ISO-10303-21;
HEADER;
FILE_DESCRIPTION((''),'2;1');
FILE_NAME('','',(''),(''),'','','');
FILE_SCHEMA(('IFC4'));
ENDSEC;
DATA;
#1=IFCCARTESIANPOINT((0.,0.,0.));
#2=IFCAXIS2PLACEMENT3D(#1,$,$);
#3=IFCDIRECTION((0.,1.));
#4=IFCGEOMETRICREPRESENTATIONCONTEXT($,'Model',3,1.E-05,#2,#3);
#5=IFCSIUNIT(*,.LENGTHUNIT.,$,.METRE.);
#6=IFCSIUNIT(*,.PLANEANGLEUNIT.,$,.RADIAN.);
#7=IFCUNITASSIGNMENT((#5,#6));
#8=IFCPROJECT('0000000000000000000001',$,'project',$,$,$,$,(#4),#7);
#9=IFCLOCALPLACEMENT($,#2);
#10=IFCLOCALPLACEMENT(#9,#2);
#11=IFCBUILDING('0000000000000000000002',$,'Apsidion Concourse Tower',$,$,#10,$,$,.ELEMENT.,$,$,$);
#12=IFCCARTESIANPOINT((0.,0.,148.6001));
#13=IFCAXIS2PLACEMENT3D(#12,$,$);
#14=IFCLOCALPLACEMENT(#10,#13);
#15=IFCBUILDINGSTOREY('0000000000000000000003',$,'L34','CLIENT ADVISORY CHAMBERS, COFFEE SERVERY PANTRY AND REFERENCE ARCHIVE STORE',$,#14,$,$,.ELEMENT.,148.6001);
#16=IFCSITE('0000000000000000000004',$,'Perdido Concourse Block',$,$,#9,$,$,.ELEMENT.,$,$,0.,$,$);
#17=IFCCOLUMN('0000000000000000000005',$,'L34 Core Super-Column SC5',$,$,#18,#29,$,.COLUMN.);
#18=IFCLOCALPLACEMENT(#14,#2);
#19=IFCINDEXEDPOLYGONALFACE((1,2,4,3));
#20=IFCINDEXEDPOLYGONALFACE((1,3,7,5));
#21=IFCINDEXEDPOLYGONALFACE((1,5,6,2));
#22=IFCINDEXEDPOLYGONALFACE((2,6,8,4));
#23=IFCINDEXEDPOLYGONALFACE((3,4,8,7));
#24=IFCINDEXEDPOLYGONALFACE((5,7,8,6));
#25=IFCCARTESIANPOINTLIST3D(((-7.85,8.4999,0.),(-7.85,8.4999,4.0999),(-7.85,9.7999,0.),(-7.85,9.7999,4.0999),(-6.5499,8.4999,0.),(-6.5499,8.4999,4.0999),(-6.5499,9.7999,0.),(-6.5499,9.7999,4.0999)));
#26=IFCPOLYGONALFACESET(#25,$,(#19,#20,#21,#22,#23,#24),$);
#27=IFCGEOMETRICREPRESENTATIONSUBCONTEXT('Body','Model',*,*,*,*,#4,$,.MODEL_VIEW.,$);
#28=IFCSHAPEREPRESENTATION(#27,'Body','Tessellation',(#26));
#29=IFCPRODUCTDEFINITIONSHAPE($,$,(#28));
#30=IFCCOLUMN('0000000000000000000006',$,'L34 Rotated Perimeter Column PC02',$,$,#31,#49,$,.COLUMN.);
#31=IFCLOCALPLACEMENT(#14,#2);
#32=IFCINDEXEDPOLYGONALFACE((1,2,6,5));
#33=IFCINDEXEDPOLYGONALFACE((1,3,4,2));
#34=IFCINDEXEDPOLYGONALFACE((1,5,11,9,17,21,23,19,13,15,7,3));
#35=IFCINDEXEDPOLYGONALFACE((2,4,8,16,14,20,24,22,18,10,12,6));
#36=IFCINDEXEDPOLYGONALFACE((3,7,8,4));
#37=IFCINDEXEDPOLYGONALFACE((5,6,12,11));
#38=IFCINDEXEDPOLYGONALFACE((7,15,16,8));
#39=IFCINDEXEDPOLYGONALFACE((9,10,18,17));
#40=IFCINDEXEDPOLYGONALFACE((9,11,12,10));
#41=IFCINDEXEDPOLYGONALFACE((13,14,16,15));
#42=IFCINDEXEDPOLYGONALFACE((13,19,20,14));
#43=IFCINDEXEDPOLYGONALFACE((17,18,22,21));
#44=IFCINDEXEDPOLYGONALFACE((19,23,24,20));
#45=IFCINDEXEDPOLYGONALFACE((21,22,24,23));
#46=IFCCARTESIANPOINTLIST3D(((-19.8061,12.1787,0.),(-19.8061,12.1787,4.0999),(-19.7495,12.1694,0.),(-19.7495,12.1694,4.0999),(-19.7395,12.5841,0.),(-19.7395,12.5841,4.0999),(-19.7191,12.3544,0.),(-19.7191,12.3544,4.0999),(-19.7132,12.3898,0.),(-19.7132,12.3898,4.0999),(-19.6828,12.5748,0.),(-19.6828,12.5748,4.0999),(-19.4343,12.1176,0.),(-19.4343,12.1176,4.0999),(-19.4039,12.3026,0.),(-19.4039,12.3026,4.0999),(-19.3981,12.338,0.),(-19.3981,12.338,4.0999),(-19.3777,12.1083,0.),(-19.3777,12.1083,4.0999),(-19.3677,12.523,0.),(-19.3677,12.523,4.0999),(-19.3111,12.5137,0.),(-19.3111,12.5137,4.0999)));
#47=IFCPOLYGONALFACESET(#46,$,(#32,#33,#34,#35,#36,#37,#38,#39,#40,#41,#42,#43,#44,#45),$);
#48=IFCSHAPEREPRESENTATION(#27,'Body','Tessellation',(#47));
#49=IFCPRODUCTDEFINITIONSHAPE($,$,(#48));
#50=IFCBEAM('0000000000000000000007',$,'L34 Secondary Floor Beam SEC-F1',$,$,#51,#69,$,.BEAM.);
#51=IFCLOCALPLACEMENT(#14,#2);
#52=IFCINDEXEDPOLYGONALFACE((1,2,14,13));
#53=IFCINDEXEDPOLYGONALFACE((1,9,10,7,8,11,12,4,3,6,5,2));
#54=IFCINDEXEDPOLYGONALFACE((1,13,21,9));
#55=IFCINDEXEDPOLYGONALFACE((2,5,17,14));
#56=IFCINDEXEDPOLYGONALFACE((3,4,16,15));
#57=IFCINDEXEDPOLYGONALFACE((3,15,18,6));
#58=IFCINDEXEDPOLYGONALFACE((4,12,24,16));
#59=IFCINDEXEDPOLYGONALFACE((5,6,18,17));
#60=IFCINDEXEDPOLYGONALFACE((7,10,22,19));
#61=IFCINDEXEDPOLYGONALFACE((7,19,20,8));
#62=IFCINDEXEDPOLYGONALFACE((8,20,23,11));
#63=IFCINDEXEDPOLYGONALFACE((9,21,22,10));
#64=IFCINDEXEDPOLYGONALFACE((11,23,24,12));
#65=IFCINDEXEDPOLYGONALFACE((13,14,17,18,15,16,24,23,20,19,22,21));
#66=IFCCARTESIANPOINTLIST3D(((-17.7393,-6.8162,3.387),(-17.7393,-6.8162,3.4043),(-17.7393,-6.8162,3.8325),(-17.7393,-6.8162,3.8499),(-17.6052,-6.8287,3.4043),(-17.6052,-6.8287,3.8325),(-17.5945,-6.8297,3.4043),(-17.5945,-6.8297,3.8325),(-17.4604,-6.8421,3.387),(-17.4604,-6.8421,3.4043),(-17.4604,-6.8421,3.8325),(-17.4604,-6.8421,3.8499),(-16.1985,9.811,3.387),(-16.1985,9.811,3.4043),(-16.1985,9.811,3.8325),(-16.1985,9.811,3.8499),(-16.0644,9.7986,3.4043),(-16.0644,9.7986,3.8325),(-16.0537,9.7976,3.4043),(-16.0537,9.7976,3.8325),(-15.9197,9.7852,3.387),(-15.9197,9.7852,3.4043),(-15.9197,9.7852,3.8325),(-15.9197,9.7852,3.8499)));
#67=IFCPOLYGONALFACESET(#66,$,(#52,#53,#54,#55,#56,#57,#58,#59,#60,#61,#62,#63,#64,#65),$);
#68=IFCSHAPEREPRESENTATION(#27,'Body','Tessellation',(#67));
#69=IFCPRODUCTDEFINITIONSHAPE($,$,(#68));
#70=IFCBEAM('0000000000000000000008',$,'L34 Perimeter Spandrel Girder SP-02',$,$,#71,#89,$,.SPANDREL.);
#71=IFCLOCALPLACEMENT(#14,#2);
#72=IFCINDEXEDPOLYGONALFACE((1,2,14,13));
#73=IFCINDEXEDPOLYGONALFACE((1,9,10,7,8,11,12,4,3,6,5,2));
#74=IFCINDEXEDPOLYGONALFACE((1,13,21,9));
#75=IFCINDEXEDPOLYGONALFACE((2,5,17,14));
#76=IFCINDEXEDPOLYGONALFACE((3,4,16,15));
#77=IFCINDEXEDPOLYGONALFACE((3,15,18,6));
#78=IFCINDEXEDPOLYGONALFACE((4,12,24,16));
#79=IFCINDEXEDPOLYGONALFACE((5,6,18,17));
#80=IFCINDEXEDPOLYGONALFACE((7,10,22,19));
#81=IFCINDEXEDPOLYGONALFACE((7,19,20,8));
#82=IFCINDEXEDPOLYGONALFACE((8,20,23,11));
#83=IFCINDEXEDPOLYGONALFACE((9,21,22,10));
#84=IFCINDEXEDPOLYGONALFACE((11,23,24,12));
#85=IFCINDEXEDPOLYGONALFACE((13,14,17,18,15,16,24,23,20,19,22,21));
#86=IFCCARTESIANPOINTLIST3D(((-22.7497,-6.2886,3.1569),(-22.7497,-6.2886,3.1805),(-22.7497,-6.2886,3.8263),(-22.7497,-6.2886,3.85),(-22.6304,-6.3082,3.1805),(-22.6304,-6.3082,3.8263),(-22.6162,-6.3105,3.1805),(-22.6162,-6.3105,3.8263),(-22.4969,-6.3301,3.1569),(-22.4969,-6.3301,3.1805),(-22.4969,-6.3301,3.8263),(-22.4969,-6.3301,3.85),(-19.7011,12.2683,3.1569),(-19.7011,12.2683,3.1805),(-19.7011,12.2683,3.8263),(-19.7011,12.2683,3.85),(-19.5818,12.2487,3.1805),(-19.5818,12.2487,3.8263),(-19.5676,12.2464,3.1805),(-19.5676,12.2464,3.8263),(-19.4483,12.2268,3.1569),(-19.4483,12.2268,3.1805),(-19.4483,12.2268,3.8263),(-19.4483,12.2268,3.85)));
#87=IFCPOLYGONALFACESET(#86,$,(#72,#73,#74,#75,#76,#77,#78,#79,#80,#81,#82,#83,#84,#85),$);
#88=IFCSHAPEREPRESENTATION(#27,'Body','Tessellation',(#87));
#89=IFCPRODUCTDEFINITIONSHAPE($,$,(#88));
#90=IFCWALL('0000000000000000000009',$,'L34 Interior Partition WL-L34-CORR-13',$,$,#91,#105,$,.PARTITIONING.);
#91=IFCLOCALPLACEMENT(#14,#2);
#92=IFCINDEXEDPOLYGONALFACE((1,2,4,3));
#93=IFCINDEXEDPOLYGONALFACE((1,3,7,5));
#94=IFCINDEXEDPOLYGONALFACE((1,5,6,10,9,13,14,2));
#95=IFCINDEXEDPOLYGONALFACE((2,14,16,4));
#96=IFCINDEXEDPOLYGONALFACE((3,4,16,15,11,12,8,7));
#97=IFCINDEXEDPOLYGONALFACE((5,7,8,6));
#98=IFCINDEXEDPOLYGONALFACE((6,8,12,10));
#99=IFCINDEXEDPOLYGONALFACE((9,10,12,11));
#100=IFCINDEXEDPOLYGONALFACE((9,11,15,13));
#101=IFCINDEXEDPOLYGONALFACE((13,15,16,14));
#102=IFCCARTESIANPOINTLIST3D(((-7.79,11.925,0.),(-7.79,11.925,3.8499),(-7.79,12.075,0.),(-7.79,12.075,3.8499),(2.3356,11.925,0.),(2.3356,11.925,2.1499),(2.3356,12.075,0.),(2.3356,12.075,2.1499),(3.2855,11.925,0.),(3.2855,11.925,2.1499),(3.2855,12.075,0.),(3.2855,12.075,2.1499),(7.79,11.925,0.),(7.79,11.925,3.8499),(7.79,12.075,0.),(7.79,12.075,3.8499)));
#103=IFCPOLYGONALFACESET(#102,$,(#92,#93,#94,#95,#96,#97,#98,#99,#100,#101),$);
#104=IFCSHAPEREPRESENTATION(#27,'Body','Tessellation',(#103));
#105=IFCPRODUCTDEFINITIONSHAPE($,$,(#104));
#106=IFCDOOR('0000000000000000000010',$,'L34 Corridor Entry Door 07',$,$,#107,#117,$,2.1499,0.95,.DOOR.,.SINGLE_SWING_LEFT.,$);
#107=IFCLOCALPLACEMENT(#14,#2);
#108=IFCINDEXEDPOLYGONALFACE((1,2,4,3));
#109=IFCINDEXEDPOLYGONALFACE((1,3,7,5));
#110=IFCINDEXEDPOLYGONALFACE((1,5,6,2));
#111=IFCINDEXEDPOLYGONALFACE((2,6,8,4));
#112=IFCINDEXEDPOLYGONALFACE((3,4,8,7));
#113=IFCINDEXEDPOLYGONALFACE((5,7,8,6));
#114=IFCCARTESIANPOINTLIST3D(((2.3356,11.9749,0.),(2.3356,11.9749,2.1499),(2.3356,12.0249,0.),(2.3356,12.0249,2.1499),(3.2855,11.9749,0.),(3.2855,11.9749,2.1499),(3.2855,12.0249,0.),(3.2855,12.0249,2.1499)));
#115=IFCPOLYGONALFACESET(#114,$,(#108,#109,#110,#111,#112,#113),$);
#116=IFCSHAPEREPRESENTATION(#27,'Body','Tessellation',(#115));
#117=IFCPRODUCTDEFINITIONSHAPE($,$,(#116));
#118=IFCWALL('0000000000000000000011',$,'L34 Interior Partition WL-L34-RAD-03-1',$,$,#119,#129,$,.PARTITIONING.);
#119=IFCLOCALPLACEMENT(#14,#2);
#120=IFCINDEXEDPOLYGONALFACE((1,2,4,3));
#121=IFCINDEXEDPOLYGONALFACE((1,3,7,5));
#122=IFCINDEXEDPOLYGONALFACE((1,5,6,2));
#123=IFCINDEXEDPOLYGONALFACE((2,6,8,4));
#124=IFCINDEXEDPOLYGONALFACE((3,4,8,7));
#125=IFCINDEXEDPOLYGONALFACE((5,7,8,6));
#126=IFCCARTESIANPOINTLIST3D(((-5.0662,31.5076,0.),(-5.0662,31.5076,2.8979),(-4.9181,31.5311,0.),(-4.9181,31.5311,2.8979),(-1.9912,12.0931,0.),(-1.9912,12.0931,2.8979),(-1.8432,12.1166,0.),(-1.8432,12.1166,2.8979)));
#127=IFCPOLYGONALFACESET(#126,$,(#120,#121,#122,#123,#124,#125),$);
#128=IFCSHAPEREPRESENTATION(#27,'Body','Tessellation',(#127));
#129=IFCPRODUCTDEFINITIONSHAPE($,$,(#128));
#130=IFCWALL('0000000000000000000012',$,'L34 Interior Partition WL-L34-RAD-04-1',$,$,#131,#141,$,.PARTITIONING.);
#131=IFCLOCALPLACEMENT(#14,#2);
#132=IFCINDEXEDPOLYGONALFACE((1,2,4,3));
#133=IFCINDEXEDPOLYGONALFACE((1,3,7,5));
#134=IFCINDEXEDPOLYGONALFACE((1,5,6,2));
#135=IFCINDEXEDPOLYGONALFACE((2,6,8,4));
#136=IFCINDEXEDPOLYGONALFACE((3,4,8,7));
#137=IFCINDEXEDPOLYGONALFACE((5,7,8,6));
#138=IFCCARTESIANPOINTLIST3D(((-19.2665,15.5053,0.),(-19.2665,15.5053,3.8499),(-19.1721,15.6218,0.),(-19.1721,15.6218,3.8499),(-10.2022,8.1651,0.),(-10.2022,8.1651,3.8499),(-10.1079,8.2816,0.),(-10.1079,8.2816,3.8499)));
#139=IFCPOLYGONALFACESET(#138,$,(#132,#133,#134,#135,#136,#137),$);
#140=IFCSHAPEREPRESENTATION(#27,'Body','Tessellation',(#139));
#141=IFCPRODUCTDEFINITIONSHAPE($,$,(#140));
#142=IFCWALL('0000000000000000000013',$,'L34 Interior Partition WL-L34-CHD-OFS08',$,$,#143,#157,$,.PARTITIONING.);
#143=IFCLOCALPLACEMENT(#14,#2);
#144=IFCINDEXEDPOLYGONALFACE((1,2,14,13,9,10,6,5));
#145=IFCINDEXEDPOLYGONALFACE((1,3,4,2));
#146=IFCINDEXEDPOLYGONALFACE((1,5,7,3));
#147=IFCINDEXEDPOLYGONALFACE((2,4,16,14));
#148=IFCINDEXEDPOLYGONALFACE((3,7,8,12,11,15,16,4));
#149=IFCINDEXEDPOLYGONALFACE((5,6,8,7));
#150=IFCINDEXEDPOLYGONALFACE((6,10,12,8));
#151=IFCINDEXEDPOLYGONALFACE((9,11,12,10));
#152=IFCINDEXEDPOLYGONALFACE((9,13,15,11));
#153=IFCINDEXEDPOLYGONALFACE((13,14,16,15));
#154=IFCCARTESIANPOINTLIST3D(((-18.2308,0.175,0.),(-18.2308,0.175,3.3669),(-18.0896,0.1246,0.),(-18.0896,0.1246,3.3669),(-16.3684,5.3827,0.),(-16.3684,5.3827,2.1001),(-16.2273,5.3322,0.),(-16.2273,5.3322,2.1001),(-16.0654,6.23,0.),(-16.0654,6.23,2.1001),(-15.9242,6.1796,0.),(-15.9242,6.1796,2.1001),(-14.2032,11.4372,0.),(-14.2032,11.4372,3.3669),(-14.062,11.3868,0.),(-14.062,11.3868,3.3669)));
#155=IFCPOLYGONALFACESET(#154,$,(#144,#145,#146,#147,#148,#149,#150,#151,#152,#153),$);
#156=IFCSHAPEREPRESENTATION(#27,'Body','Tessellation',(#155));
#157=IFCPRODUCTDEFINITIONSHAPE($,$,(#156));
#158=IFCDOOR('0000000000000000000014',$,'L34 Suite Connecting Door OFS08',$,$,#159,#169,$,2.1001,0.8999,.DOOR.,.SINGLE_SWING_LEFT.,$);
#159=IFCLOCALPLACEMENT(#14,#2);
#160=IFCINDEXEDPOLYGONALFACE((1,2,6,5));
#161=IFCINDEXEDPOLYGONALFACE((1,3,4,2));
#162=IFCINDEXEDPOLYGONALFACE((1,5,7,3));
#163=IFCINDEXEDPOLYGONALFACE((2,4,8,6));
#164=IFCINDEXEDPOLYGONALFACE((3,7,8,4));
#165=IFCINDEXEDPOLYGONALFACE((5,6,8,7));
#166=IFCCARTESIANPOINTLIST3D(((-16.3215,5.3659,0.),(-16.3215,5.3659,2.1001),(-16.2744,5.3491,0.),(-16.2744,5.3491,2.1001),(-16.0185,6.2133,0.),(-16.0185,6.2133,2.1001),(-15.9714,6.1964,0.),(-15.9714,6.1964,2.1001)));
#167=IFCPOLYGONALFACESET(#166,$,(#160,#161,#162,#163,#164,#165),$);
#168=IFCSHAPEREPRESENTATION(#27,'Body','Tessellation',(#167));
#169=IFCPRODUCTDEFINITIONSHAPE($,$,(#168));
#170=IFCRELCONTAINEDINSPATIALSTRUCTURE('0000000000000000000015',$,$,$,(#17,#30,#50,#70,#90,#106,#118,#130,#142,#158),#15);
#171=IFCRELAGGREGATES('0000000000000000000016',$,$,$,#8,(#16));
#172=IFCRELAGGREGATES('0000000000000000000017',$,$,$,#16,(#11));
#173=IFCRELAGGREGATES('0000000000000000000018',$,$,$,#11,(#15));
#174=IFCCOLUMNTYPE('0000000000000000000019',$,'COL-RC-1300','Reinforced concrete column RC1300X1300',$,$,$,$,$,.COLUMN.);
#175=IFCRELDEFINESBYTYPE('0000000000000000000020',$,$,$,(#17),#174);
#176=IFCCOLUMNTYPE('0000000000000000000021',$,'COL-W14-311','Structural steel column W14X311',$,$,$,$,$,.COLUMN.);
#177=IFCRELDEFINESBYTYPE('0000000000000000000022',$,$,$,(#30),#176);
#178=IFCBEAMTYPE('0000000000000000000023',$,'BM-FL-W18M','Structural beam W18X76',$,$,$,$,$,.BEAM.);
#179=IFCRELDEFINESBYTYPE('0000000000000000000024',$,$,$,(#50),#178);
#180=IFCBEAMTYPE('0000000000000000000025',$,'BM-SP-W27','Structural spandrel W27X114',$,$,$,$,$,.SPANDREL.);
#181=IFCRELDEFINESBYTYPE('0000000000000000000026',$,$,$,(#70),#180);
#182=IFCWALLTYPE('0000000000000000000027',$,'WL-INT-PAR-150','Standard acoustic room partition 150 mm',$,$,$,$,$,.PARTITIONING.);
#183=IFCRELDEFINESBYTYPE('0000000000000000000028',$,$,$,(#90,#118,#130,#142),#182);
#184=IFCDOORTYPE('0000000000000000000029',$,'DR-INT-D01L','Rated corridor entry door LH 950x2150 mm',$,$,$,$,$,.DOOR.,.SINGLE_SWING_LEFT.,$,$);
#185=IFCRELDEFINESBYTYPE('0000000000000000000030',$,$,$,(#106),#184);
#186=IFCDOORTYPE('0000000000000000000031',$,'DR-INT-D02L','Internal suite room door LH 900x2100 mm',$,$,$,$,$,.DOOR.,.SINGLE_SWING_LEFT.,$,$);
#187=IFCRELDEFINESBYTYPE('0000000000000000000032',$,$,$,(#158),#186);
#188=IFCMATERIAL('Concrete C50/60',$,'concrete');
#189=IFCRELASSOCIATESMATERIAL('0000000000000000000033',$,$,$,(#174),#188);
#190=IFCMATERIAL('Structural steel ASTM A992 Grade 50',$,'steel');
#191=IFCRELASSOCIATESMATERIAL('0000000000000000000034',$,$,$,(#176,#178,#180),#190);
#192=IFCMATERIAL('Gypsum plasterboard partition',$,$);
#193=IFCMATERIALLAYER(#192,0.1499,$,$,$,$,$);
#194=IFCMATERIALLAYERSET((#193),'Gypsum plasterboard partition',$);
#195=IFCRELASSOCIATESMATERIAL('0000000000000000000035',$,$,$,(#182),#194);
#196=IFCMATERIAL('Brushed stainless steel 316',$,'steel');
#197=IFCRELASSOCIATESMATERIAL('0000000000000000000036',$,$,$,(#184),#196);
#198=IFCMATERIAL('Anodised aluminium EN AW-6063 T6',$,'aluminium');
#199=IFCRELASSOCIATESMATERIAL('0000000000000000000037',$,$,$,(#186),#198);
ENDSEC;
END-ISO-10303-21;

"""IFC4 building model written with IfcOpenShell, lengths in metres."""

from ifc_helpers import new_model, si_unit, direction, frame, frame_2d, origin, origin_2d, place, context, subcontext, project, spatial, rectangle, i_section, extrude, material, layer, layer_set, material_profile, profile_set, type_object, element, fill, save


model = new_model("IFC4")

# Units and contexts
model_context = context("Model", 3, precision=1e-05, world=origin(), true_north=direction((0.0, 1.0)))
body_context = subcontext(model_context, "Body", "Model", "MODEL_VIEW")
ifc_project = project(units=[si_unit("LENGTHUNIT", "METRE"), si_unit("PLANEANGLEUNIT", "RADIAN")], contexts=[model_context])

# Site, building, storey
site_placement = place(None, origin())
site = spatial("IfcSite", under=ifc_project, at=site_placement, Name="Perdido Concourse Block", CompositionType="ELEMENT", RefElevation=0.0)
building_placement = place(site_placement, origin())
building = spatial("IfcBuilding", under=site, at=building_placement, Name="Apsidion Concourse Tower", CompositionType="ELEMENT")
storey_placement = place(building_placement, frame((0.0, 0.0, 148.6001)))
storey = spatial("IfcBuildingStorey", under=building, at=storey_placement, Name="L34", Description="CLIENT ADVISORY CHAMBERS, COFFEE SERVERY PANTRY AND REFERENCE ARCHIVE STORE", CompositionType="ELEMENT", Elevation=148.6001)

# Columns
ifc_material_1 = material(Name="Concrete C50/60", Category="concrete")
ifc_material_profile_1 = material_profile(ifc_material_1, rectangle(XDim=1.3, YDim=1.3, at=origin_2d()), Name="RC 1300x1300")
ifc_profile_set_1 = profile_set([ifc_material_profile_1], Name="Concrete C50/60")
column_type_1 = type_object("IfcColumnType", Name="COL-RC-1300", Description="Reinforced concrete column RC1300X1300", PredefinedType="COLUMN", material=ifc_profile_set_1)
column_1_placement = place(storey_placement, frame((-7.2, 9.1499, 0.0), z_axis=(0.0, 0.0, 1.0), x_axis=(1.0, 0.0, 0.0)))
element("IfcColumn", 1, at=column_1_placement, inside=storey, type_object=column_type_1, Name="L34 Core Super-Column SC5", PredefinedType="COLUMN", context=body_context, shape_type="SweptSolid", body=[
    extrude(rectangle(XDim=1.3, YDim=1.3, at=origin_2d()), origin(), (0.0, 0.0, 1.0), 4.0999),
])
ifc_material_2 = material(Name="Structural steel ASTM A992 Grade 50", Category="steel")
ifc_material_profile_2 = material_profile(ifc_material_2, i_section(OverallWidth=0.4109, OverallDepth=0.4341, WebThickness=0.0359, FlangeThickness=0.0574, at=origin_2d()), Name="W14X311")
ifc_profile_set_2 = profile_set([ifc_material_profile_2], Name="Structural steel ASTM A992 Grade 50")
column_type_2 = type_object("IfcColumnType", Name="COL-W14-311", Description="Structural steel column W14X311", PredefinedType="COLUMN", material=ifc_profile_set_2)
column_2_placement = place(storey_placement, frame((-19.5586, 12.3462, 0.0), z_axis=(0.0, 0.0, 1.0), x_axis=(0.162121, 0.986771, 0.0)))
element("IfcColumn", 2, at=column_2_placement, inside=storey, type_object=column_type_2, Name="L34 Rotated Perimeter Column PC02", PredefinedType="COLUMN", context=body_context, shape_type="SweptSolid", body=[
    extrude(i_section(OverallWidth=0.4109, OverallDepth=0.4341, WebThickness=0.0359, FlangeThickness=0.0574, at=origin_2d()), origin(), (0.0, 0.0, 1.0), 4.0999),
])

# Beams
ifc_material_profile_3 = material_profile(ifc_material_2, i_section(OverallWidth=0.28, OverallDepth=0.4629, WebThickness=0.0107, FlangeThickness=0.0173, at=origin_2d()), Name="W18X76")
ifc_profile_set_3 = profile_set([ifc_material_profile_3], Name="Structural steel ASTM A992 Grade 50")
beam_type_1 = type_object("IfcBeamType", Name="BM-FL-W18M", Description="Structural beam W18X76", PredefinedType="BEAM", material=ifc_profile_set_3)
beam_1_placement = place(storey_placement, frame((-16.0591, 9.7981, 3.6184), z_axis=(-0.09227, -0.995734, 0.0), x_axis=(0.995734, -0.09227, 0.0)))
element("IfcBeam", 3, at=beam_1_placement, inside=storey, type_object=beam_type_1, Name="L34 Secondary Floor Beam SEC-F1", PredefinedType="BEAM", context=body_context, shape_type="SweptSolid", body=[
    extrude(i_section(OverallWidth=0.28, OverallDepth=0.4629, WebThickness=0.0107, FlangeThickness=0.0173, at=origin_2d()), origin(), (0.0, 0.0, 1.0), 16.6985),
])
ifc_material_profile_4 = material_profile(ifc_material_2, i_section(OverallWidth=0.2561, OverallDepth=0.6931, WebThickness=0.0144, FlangeThickness=0.0237, at=origin_2d()), Name="W27X114")
ifc_profile_set_4 = profile_set([ifc_material_profile_4], Name="Structural steel ASTM A992 Grade 50")
beam_type_2 = type_object("IfcBeamType", Name="BM-SP-W27", Description="Structural spandrel W27X114", PredefinedType="SPANDREL", material=ifc_profile_set_4)
beam_2_placement = place(storey_placement, frame((-19.5747, 12.2476, 3.5034), z_axis=(-0.16211, -0.986773, 0.0), x_axis=(0.986773, -0.16211, 0.0)))
element("IfcBeam", 4, at=beam_2_placement, inside=storey, type_object=beam_type_2, Name="L34 Perimeter Spandrel Girder SP-02", PredefinedType="SPANDREL", context=body_context, shape_type="SweptSolid", body=[
    extrude(i_section(OverallWidth=0.2561, OverallDepth=0.6931, WebThickness=0.0144, FlangeThickness=0.0237, at=origin_2d()), origin(), (0.0, 0.0, 1.0), 18.8057),
])

# Wall, opening, door
ifc_material_3 = material(Name="Gypsum plasterboard partition")
ifc_layer_1 = layer(ifc_material_3, 0.1499)
ifc_layer_set_1 = layer_set([ifc_layer_1], Name="Gypsum plasterboard partition")
wall_type_1 = type_object("IfcWallType", Name="WL-INT-PAR-150", Description="Standard acoustic room partition 150 mm", PredefinedType="PARTITIONING", material=ifc_layer_set_1)
wall_1_placement = place(storey_placement, frame((-7.79, 12.0, 0.0), z_axis=(0.0, 0.0, 1.0), x_axis=(1.0, 0.0, 0.0)))
wall_1 = element("IfcWall", 5, at=wall_1_placement, inside=storey, type_object=wall_type_1, Name="L34 Interior Partition WL-L34-CORR-13", PredefinedType="PARTITIONING", context=body_context, shape_type="SweptSolid", body=[
    extrude(rectangle(XDim=15.5801, YDim=0.1499, at=frame_2d((7.79, 0.0))), origin(), (0.0, 0.0, 1.0), 3.8499),
])
opening_1_placement = place(wall_1_placement, frame((10.1255, 0.0, 0.0)))
opening_1 = element("IfcOpeningElement", 6, at=opening_1_placement, cuts=wall_1, PredefinedType="OPENING", context=body_context, shape_type="SweptSolid", body=[
    extrude(rectangle(XDim=0.95, YDim=2.1499, at=frame_2d((0.4751, 1.075))), frame((0.0, 0.085, 0.0), z_axis=(0.0, -1.0, 0.0), x_axis=(1.0, 0.0, 0.0)), (0.0, 0.0, 1.0), 0.1699),
])
ifc_material_4 = material(Name="Brushed stainless steel 316", Category="steel")
door_type_1 = type_object("IfcDoorType", Name="DR-INT-D01L", Description="Rated corridor entry door LH 950x2150 mm", OperationType="SINGLE_SWING_LEFT", PredefinedType="DOOR", material=ifc_material_4)
door_1_placement = place(opening_1_placement, origin())
door_1 = element("IfcDoor", 7, at=door_1_placement, inside=storey, type_object=door_type_1, Name="L34 Corridor Entry Door 07", OperationType="SINGLE_SWING_LEFT", OverallHeight=2.1499, OverallWidth=0.95, PredefinedType="DOOR", context=body_context, shape_type="SweptSolid", body=[
    extrude(rectangle(XDim=0.95, YDim=2.1499, at=frame_2d((0.4751, 1.075))), frame((0.0, 0.0249, 0.0), z_axis=(0.0, -1.0, 0.0), x_axis=(1.0, 0.0, 0.0)), (0.0, 0.0, 1.0), 0.05),
])
fill(opening_1, door_1)

# Walls
wall_2_placement = place(storey_placement, frame((-1.9172, 12.105, 0.0), z_axis=(0.0, 0.0, 1.0), x_axis=(-0.156434, 0.987688, 0.0)))
element("IfcWall", 8, at=wall_2_placement, inside=storey, type_object=wall_type_1, Name="L34 Interior Partition WL-L34-RAD-03-1", PredefinedType="PARTITIONING", context=body_context, shape_type="SweptSolid", body=[
    extrude(rectangle(XDim=19.6565, YDim=0.1499, at=frame_2d((9.8281, 0.0))), origin(), (0.0, 0.0, 1.0), 2.8979),
])
wall_3_placement = place(storey_placement, frame((-10.155, 8.2234, 0.0), z_axis=(0.0, 0.0, 1.0), x_axis=(-0.777144, 0.629322, 0.0)))
element("IfcWall", 9, at=wall_3_placement, inside=storey, type_object=wall_type_1, Name="L34 Interior Partition WL-L34-RAD-04-1", PredefinedType="PARTITIONING", context=body_context, shape_type="SweptSolid", body=[
    extrude(rectangle(XDim=11.6636, YDim=0.1499, at=frame_2d((5.8318, 0.0))), origin(), (0.0, 0.0, 1.0), 3.8499),
])

# Wall, opening, door
wall_4_placement = place(storey_placement, frame((-14.1326, 11.4121, 0.0), z_axis=(0.0, 0.0, 1.0), x_axis=(-0.336735, -0.9416, 0.0)))
wall_4 = element("IfcWall", 10, at=wall_4_placement, inside=storey, type_object=wall_type_1, Name="L34 Interior Partition WL-L34-CHD-OFS08", PredefinedType="PARTITIONING", context=body_context, shape_type="SweptSolid", body=[
    extrude(rectangle(XDim=11.9607, YDim=0.1499, at=frame_2d((5.9805, 0.0))), origin(), (0.0, 0.0, 1.0), 3.3669),
])
opening_2_placement = place(wall_4_placement, frame((5.5303, 0.0, 0.0)))
opening_2 = element("IfcOpeningElement", 11, at=opening_2_placement, cuts=wall_4, PredefinedType="OPENING", context=body_context, shape_type="SweptSolid", body=[
    extrude(rectangle(XDim=0.8999, YDim=2.1001, at=frame_2d((0.45, 1.05))), frame((0.0, 0.085, 0.0), z_axis=(0.0, -1.0, 0.0), x_axis=(1.0, 0.0, 0.0)), (0.0, 0.0, 1.0), 0.1699),
])
ifc_material_5 = material(Name="Anodised aluminium EN AW-6063 T6", Category="aluminium")
door_type_2 = type_object("IfcDoorType", Name="DR-INT-D02L", Description="Internal suite room door LH 900x2100 mm", OperationType="SINGLE_SWING_LEFT", PredefinedType="DOOR", material=ifc_material_5)
door_2_placement = place(opening_2_placement, origin())
door_2 = element("IfcDoor", 12, at=door_2_placement, inside=storey, type_object=door_type_2, Name="L34 Suite Connecting Door OFS08", OperationType="SINGLE_SWING_LEFT", OverallHeight=2.1001, OverallWidth=0.8999, PredefinedType="DOOR", context=body_context, shape_type="SweptSolid", body=[
    extrude(rectangle(XDim=0.8999, YDim=2.1001, at=frame_2d((0.45, 1.05))), frame((0.0, 0.0249, 0.0), z_axis=(0.0, -1.0, 0.0), x_axis=(1.0, 0.0, 0.0)), (0.0, 0.0, 1.0), 0.05),
])
fill(opening_2, door_2)

save(model, "model.ifc")
